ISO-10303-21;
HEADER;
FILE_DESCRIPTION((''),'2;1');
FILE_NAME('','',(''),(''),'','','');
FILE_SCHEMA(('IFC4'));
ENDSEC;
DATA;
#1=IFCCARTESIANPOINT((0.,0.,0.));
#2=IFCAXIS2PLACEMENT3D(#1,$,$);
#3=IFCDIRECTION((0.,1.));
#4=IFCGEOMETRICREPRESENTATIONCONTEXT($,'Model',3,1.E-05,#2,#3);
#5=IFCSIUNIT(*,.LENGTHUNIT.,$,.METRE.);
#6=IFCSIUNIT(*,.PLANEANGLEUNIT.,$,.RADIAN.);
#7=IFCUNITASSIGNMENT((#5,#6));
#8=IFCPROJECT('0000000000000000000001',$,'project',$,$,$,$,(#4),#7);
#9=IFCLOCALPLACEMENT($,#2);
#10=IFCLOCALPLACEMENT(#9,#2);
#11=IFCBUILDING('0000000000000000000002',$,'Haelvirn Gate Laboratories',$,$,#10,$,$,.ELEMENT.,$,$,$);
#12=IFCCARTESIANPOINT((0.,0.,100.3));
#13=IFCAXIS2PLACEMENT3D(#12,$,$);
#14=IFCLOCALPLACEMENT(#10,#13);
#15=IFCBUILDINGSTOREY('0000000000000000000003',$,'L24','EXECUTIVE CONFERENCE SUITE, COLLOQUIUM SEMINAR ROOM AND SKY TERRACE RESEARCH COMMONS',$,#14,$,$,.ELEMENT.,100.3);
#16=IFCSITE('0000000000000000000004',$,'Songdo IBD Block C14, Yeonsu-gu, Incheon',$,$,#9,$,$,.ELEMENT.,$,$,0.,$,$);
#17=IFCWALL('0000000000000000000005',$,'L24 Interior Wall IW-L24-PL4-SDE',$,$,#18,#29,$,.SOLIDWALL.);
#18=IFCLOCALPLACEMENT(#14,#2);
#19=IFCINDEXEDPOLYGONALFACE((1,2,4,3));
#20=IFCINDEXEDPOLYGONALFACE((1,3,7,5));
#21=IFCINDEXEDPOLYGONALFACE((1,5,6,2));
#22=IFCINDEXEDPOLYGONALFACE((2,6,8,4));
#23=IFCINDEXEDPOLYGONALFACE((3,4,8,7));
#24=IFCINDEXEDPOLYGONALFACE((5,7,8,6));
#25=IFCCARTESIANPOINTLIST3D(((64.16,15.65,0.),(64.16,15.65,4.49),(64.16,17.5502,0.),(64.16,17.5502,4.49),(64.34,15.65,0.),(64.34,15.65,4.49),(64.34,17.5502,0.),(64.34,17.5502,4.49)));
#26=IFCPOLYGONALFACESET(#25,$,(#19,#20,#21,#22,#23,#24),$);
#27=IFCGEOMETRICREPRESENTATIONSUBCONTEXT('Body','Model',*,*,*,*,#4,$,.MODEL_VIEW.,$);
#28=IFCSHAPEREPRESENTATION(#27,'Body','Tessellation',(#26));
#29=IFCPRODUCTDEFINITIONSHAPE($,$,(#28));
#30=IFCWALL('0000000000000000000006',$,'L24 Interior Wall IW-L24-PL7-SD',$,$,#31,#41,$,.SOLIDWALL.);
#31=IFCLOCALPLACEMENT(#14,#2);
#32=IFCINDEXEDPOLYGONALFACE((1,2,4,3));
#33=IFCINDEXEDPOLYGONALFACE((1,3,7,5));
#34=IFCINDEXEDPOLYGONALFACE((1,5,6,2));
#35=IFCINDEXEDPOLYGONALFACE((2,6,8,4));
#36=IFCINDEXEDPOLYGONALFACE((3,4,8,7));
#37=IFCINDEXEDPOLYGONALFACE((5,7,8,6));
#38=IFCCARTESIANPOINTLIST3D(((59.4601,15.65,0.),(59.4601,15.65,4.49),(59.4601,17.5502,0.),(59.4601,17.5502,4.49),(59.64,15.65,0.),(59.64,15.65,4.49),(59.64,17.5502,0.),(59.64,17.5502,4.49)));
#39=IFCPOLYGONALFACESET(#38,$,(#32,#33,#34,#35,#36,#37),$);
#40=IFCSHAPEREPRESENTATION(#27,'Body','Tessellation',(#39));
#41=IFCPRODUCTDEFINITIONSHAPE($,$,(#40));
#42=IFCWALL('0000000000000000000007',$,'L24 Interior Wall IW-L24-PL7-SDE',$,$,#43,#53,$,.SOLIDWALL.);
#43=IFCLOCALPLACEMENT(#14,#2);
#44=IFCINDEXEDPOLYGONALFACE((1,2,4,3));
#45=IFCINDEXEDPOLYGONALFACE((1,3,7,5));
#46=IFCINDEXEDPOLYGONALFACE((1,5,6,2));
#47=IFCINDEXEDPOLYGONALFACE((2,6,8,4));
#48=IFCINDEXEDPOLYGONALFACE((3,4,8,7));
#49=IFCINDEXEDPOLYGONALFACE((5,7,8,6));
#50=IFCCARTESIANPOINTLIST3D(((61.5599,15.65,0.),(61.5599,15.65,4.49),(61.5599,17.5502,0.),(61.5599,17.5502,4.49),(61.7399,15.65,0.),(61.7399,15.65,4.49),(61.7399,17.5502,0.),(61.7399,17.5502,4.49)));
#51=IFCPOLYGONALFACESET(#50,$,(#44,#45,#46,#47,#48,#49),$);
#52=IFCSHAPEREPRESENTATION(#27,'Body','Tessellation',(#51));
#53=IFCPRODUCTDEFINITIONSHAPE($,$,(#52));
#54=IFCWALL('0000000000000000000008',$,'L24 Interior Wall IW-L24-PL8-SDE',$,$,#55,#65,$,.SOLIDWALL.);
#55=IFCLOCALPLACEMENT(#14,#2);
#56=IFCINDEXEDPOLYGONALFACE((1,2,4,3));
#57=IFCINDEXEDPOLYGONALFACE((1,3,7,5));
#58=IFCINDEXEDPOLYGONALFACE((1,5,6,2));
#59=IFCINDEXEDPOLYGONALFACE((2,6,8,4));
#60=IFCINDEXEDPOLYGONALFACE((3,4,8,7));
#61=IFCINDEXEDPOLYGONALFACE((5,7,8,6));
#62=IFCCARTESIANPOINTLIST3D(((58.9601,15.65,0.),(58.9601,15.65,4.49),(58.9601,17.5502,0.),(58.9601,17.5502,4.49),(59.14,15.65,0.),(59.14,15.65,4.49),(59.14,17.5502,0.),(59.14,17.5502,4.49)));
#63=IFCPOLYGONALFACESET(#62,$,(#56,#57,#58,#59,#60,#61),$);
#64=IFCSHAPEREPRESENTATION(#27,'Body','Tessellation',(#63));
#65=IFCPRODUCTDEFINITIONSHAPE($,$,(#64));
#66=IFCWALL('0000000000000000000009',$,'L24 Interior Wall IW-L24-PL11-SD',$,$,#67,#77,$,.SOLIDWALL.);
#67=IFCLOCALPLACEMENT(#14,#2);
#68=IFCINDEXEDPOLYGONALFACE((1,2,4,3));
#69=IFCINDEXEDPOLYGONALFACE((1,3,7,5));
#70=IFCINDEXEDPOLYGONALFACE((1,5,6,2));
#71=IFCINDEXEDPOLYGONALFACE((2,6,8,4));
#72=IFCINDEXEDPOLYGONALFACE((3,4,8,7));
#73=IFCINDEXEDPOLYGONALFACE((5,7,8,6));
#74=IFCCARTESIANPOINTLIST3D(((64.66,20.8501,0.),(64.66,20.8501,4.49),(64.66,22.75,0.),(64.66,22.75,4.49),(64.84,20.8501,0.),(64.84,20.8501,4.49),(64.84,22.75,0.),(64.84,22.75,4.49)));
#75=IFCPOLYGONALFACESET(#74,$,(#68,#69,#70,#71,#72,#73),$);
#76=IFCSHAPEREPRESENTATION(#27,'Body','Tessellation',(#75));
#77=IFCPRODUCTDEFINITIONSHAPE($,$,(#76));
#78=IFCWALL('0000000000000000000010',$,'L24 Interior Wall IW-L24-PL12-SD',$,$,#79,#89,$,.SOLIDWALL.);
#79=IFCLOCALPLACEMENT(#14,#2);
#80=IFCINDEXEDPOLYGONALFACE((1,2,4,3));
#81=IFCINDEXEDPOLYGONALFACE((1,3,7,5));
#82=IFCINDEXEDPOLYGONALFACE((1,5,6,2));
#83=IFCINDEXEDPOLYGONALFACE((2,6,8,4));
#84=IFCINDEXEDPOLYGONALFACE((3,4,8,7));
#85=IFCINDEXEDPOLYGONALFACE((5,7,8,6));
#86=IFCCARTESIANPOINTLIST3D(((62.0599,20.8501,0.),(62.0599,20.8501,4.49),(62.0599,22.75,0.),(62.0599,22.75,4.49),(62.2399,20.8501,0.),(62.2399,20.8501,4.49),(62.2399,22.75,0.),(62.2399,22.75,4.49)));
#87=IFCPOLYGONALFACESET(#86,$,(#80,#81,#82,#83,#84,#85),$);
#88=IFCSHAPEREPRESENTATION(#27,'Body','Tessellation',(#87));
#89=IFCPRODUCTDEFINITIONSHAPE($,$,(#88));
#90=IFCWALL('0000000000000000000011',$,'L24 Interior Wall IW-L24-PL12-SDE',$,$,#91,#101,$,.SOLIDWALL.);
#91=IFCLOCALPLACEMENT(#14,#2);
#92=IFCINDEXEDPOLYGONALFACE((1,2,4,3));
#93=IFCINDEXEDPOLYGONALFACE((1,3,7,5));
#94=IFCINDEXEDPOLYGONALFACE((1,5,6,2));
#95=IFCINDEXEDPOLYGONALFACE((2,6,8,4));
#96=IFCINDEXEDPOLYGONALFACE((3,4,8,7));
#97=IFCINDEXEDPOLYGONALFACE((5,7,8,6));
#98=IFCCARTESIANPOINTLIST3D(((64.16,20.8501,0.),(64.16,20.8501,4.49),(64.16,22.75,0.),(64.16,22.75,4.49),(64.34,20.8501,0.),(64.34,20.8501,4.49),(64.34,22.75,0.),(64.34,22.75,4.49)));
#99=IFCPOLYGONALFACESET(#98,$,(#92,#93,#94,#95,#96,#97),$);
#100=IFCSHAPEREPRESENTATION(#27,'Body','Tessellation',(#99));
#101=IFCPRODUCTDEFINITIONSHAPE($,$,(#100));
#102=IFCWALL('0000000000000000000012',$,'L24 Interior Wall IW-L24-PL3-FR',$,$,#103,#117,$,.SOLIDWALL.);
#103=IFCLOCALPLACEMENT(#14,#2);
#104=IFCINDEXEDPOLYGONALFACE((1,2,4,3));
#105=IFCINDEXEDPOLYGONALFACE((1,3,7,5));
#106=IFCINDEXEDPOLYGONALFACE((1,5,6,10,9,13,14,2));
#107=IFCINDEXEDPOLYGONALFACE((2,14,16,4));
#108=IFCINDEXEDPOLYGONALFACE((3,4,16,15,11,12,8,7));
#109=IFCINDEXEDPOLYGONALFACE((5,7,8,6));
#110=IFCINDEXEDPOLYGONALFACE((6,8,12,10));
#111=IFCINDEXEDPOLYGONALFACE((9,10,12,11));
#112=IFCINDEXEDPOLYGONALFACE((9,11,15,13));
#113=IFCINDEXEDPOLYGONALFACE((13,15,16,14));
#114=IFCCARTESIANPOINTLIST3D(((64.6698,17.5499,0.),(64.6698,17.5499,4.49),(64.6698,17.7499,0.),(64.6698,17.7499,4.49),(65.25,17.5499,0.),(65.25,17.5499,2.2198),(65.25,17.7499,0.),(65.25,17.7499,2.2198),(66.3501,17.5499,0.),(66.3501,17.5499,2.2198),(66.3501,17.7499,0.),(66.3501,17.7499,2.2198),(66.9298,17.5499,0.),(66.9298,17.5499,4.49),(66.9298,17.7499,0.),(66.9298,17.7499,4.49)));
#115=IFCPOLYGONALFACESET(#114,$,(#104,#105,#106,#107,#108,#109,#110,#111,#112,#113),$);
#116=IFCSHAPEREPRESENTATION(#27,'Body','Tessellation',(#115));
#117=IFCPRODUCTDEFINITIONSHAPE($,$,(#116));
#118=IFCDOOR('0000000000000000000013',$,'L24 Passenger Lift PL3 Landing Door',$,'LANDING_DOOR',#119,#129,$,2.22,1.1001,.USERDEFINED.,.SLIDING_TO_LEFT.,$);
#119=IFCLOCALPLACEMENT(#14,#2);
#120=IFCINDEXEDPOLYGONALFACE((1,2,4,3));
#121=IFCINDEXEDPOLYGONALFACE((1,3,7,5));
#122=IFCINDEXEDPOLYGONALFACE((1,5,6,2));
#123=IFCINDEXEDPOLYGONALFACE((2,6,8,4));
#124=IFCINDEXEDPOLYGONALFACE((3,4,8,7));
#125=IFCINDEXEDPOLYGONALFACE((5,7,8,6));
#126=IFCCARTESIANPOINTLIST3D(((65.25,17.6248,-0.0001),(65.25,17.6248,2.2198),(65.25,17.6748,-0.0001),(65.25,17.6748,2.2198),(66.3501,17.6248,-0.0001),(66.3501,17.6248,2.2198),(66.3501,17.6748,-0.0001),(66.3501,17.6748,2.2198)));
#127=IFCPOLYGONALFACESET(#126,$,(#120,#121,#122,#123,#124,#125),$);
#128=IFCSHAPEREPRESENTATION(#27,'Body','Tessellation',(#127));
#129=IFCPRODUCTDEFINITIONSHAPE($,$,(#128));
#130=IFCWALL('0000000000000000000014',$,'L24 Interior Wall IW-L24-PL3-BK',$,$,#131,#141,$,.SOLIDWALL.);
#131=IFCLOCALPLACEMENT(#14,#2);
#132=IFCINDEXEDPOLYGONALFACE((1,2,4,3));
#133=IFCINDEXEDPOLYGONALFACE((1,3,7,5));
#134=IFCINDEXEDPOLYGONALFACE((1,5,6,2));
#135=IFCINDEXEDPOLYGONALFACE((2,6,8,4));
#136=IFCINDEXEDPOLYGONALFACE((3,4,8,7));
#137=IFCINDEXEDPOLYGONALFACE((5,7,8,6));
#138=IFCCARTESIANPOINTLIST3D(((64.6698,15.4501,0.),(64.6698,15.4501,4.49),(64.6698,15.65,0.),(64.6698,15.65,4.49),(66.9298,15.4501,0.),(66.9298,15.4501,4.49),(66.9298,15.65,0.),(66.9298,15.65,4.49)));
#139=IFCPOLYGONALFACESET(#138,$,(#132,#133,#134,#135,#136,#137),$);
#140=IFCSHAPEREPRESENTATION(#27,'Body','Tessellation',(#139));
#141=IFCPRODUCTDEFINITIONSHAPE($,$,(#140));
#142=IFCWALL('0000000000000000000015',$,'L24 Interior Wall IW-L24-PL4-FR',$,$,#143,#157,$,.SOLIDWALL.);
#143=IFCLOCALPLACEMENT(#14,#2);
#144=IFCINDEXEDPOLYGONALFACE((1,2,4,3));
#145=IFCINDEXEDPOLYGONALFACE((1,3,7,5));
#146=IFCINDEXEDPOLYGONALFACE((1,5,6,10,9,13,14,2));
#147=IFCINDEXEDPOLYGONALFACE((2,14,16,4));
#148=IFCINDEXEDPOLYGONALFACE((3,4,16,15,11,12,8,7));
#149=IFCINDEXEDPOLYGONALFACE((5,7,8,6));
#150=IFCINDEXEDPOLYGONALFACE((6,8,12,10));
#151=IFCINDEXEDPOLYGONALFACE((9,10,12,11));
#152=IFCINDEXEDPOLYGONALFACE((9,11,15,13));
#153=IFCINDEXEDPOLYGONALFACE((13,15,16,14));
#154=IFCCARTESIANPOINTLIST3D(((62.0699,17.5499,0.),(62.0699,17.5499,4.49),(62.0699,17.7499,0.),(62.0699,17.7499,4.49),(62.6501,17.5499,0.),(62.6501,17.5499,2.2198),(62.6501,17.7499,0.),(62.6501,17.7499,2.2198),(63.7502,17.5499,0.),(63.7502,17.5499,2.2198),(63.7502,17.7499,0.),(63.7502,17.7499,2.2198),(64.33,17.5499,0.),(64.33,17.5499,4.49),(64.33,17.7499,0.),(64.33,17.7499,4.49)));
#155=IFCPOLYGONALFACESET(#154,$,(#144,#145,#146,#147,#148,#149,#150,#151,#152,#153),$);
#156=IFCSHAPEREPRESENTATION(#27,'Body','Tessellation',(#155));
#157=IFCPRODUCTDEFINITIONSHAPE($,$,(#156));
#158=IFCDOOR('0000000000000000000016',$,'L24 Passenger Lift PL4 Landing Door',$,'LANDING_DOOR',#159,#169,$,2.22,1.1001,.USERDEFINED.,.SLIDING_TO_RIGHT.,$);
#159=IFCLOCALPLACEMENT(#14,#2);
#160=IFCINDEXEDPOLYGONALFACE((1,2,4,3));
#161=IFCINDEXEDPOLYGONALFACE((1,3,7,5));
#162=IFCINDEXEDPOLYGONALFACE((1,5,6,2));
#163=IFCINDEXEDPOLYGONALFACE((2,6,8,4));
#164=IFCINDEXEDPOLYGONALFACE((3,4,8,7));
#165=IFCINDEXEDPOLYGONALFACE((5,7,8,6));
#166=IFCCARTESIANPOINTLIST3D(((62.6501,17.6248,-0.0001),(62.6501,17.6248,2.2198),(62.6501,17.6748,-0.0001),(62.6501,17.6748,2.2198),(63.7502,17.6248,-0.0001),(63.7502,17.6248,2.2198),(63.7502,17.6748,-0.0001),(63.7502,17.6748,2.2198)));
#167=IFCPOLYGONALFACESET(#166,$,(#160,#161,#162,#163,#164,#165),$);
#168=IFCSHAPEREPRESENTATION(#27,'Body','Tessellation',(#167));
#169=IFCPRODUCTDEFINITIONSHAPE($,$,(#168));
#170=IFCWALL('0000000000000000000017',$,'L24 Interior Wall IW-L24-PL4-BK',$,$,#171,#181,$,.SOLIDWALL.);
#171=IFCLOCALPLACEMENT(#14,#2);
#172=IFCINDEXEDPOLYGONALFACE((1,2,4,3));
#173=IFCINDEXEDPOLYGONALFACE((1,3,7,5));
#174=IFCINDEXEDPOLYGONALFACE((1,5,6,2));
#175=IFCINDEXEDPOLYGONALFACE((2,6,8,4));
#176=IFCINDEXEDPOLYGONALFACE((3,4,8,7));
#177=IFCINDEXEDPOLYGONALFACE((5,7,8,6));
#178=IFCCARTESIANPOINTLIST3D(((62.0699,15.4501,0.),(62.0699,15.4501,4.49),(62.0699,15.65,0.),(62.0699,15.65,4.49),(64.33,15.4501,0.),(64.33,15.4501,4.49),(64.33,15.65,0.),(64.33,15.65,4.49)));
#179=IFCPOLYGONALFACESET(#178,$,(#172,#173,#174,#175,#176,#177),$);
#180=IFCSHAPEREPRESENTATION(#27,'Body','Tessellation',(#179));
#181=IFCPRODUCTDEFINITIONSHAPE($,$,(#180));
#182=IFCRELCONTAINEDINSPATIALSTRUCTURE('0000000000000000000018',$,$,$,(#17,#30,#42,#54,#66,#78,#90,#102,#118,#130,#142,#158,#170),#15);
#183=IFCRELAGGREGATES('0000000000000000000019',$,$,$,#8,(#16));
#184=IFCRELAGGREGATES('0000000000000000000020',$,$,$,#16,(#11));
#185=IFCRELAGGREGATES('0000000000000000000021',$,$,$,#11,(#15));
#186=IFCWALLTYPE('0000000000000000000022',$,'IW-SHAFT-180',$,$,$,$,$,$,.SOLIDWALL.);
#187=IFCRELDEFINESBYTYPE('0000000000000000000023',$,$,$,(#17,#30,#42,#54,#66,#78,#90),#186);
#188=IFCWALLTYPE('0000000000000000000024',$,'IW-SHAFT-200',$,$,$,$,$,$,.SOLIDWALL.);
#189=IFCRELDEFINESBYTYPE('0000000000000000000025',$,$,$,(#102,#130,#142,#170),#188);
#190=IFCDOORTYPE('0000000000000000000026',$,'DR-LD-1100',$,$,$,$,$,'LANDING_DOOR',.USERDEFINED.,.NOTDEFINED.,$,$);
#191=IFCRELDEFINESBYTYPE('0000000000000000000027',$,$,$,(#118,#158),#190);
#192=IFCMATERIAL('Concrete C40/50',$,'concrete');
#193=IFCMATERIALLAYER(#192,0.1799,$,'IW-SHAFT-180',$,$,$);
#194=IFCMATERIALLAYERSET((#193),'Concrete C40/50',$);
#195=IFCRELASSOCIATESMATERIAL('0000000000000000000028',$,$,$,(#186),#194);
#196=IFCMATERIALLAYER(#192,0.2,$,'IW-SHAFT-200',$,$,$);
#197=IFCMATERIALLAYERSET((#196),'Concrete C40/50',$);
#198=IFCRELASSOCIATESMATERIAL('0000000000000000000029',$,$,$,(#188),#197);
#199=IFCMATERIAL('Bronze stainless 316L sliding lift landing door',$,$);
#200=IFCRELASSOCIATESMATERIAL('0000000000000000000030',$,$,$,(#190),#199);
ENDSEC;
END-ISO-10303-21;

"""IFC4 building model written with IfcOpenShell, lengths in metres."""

from ifc_helpers import new_model, si_unit, direction, frame, frame_2d, origin, place, context, subcontext, project, spatial, rectangle, extrude, source, transform, mapped, material, layer, layer_set, type_object, type_shapes, element, fill, save


model = new_model("IFC4")

# Units and contexts
model_context = context("Model", 3, precision=1e-05, world=origin(), true_north=direction((0.0, 1.0)))
body_context = subcontext(model_context, "Body", "Model", "MODEL_VIEW")
ifc_project = project(units=[si_unit("LENGTHUNIT", "METRE"), si_unit("PLANEANGLEUNIT", "RADIAN")], contexts=[model_context])

# Site, building, storey
site_placement = place(None, origin())
site = spatial("IfcSite", under=ifc_project, at=site_placement, Name="Songdo IBD Block C14, Yeonsu-gu, Incheon", CompositionType="ELEMENT", RefElevation=0.0)
building_placement = place(site_placement, origin())
building = spatial("IfcBuilding", under=site, at=building_placement, Name="Haelvirn Gate Laboratories", CompositionType="ELEMENT")
storey_placement = place(building_placement, frame((0.0, 0.0, 100.3)))
storey = spatial("IfcBuildingStorey", under=building, at=storey_placement, Name="L24", Description="EXECUTIVE CONFERENCE SUITE, COLLOQUIUM SEMINAR ROOM AND SKY TERRACE RESEARCH COMMONS", CompositionType="ELEMENT", Elevation=100.3)

# Walls
ifc_material_1 = material(Name="Concrete C40/50", Category="concrete")
ifc_layer_1 = layer(ifc_material_1, 0.1799, Name="IW-SHAFT-180")
ifc_layer_set_1 = layer_set([ifc_layer_1], Name="Concrete C40/50")
wall_type_1 = type_object("IfcWallType", Name="IW-SHAFT-180", PredefinedType="SOLIDWALL", material=ifc_layer_set_1)
for number, where, z_axis, x_axis, name in (
    (1, (64.25, 15.6499, 0.0), (0.0, 0.0, 1.0), (0.0, 1.0, 0.0), "L24 Interior Wall IW-L24-PL4-SDE"),
    (2, (59.55, 15.6499, 0.0), (0.0, 0.0, 1.0), (0.0, 1.0, 0.0), "L24 Interior Wall IW-L24-PL7-SD"),
    (3, (61.6499, 15.6499, 0.0), (0.0, 0.0, 1.0), (0.0, 1.0, 0.0), "L24 Interior Wall IW-L24-PL7-SDE"),
    (4, (59.05, 15.6499, 0.0), (0.0, 0.0, 1.0), (0.0, 1.0, 0.0), "L24 Interior Wall IW-L24-PL8-SDE"),
):
    element("IfcWall", number, at=place(storey_placement, frame(where, z_axis=z_axis, x_axis=x_axis)), inside=storey, type_object=wall_type_1, Name=name, PredefinedType="SOLIDWALL", context=body_context, shape_type="SweptSolid", body=[
        extrude(rectangle(XDim=1.9001, YDim=0.1799, at=frame_2d((0.9502, 0.0))), origin(), (0.0, 0.0, 1.0), 4.49),
    ])
for number, where, z_axis, x_axis, name in (
    (5, (64.75, 20.8501, 0.0), (0.0, 0.0, 1.0), (0.0, 1.0, 0.0), "L24 Interior Wall IW-L24-PL11-SD"),
    (6, (62.1499, 20.8501, 0.0), (0.0, 0.0, 1.0), (0.0, 1.0, 0.0), "L24 Interior Wall IW-L24-PL12-SD"),
    (7, (64.25, 20.8501, 0.0), (0.0, 0.0, 1.0), (0.0, 1.0, 0.0), "L24 Interior Wall IW-L24-PL12-SDE"),
):
    element("IfcWall", number, at=place(storey_placement, frame(where, z_axis=z_axis, x_axis=x_axis)), inside=storey, type_object=wall_type_1, Name=name, PredefinedType="SOLIDWALL", context=body_context, shape_type="SweptSolid", body=[
        extrude(rectangle(XDim=1.8999, YDim=0.1799, at=frame_2d((0.95, 0.0))), origin(), (0.0, 0.0, 1.0), 4.49),
    ])

# Wall, opening, door
ifc_layer_2 = layer(ifc_material_1, 0.2, Name="IW-SHAFT-200")
ifc_layer_set_2 = layer_set([ifc_layer_2], Name="Concrete C40/50")
wall_type_2 = type_object("IfcWallType", Name="IW-SHAFT-200", PredefinedType="SOLIDWALL", material=ifc_layer_set_2)
wall_1_placement = place(storey_placement, frame((64.6699, 17.6499, 0.0), z_axis=(0.0, 0.0, 1.0), x_axis=(1.0, 0.0, 0.0)))
wall_1 = element("IfcWall", 8, at=wall_1_placement, inside=storey, type_object=wall_type_2, Name="L24 Interior Wall IW-L24-PL3-FR", PredefinedType="SOLIDWALL", context=body_context, shape_type="SweptSolid", body=[
    extrude(rectangle(XDim=2.26, YDim=0.2, at=frame_2d((1.1299, 0.0))), origin(), (0.0, 0.0, 1.0), 4.49),
])
opening_1_placement = place(wall_1_placement, frame((0.5801, 0.0, 0.0)))
opening_1 = element("IfcOpeningElement", 9, at=opening_1_placement, cuts=wall_1, PredefinedType="OPENING", context=body_context, shape_type="SweptSolid", body=[
    extrude(rectangle(XDim=1.1001, YDim=2.22, at=frame_2d((0.55, 1.1099))), frame((0.0, 0.1099, 0.0), z_axis=(0.0, -1.0, 0.0), x_axis=(1.0, 0.0, 0.0)), (0.0, 0.0, 1.0), 0.22),
])
ifc_material_2 = material(Name="Bronze stainless 316L sliding lift landing door")
door_type_1 = type_object("IfcDoorType", Name="DR-LD-1100", ElementType="LANDING_DOOR", OperationType="NOTDEFINED", PredefinedType="USERDEFINED", material=ifc_material_2)
shared_shape_1 = source(origin(), body_context, "Body", "SweptSolid", [
    extrude(rectangle(XDim=1.1001, YDim=2.22, at=frame_2d((0.55, 1.1099))), frame((0.0, 0.0249, 0.0), z_axis=(0.0, -1.0, 0.0), x_axis=(1.0, 0.0, 0.0)), (0.0, 0.0, 1.0), 0.05),
])
type_shapes(door_type_1, [shared_shape_1])
door_1_placement = place(opening_1_placement, origin())
door_1 = element("IfcDoor", 10, at=door_1_placement, inside=storey, type_object=door_type_1, Name="L24 Passenger Lift PL3 Landing Door", ObjectType="LANDING_DOOR", OperationType="SLIDING_TO_LEFT", OverallHeight=2.22, OverallWidth=1.1001, PredefinedType="USERDEFINED", context=body_context, shape_type="MappedRepresentation", body=[
    mapped(shared_shape_1, transform((0.0, 0.0, 0.0), scale=1.0)),
])
fill(opening_1, door_1)

# Wall
wall_2_placement = place(storey_placement, frame((64.6699, 15.55, 0.0), z_axis=(0.0, 0.0, 1.0), x_axis=(1.0, 0.0, 0.0)))
element("IfcWall", 11, at=wall_2_placement, inside=storey, type_object=wall_type_2, Name="L24 Interior Wall IW-L24-PL3-BK", PredefinedType="SOLIDWALL", context=body_context, shape_type="SweptSolid", body=[
    extrude(rectangle(XDim=2.26, YDim=0.2, at=frame_2d((1.1299, 0.0))), origin(), (0.0, 0.0, 1.0), 4.49),
])

# Wall, opening, door
wall_3_placement = place(storey_placement, frame((62.0701, 17.6499, 0.0), z_axis=(0.0, 0.0, 1.0), x_axis=(1.0, 0.0, 0.0)))
wall_3 = element("IfcWall", 12, at=wall_3_placement, inside=storey, type_object=wall_type_2, Name="L24 Interior Wall IW-L24-PL4-FR", PredefinedType="SOLIDWALL", context=body_context, shape_type="SweptSolid", body=[
    extrude(rectangle(XDim=2.26, YDim=0.2, at=frame_2d((1.1299, 0.0))), origin(), (0.0, 0.0, 1.0), 4.49),
])
opening_2_placement = place(wall_3_placement, frame((0.5801, 0.0, 0.0)))
opening_2 = element("IfcOpeningElement", 13, at=opening_2_placement, cuts=wall_3, PredefinedType="OPENING", context=body_context, shape_type="SweptSolid", body=[
    extrude(rectangle(XDim=1.1001, YDim=2.22, at=frame_2d((0.55, 1.1099))), frame((0.0, 0.1099, 0.0), z_axis=(0.0, -1.0, 0.0), x_axis=(1.0, 0.0, 0.0)), (0.0, 0.0, 1.0), 0.22),
])
door_2_placement = place(opening_2_placement, origin())
door_2 = element("IfcDoor", 14, at=door_2_placement, inside=storey, type_object=door_type_1, Name="L24 Passenger Lift PL4 Landing Door", ObjectType="LANDING_DOOR", OperationType="SLIDING_TO_RIGHT", OverallHeight=2.22, OverallWidth=1.1001, PredefinedType="USERDEFINED", context=body_context, shape_type="MappedRepresentation", body=[
    mapped(shared_shape_1, transform((0.0, 0.0, 0.0), scale=1.0)),
])
fill(opening_2, door_2)

# Wall
wall_4_placement = place(storey_placement, frame((62.0701, 15.55, 0.0), z_axis=(0.0, 0.0, 1.0), x_axis=(1.0, 0.0, 0.0)))
element("IfcWall", 15, at=wall_4_placement, inside=storey, type_object=wall_type_2, Name="L24 Interior Wall IW-L24-PL4-BK", PredefinedType="SOLIDWALL", context=body_context, shape_type="SweptSolid", body=[
    extrude(rectangle(XDim=2.26, YDim=0.2, at=frame_2d((1.1299, 0.0))), origin(), (0.0, 0.0, 1.0), 4.49),
])

save(model, "model.ifc")
